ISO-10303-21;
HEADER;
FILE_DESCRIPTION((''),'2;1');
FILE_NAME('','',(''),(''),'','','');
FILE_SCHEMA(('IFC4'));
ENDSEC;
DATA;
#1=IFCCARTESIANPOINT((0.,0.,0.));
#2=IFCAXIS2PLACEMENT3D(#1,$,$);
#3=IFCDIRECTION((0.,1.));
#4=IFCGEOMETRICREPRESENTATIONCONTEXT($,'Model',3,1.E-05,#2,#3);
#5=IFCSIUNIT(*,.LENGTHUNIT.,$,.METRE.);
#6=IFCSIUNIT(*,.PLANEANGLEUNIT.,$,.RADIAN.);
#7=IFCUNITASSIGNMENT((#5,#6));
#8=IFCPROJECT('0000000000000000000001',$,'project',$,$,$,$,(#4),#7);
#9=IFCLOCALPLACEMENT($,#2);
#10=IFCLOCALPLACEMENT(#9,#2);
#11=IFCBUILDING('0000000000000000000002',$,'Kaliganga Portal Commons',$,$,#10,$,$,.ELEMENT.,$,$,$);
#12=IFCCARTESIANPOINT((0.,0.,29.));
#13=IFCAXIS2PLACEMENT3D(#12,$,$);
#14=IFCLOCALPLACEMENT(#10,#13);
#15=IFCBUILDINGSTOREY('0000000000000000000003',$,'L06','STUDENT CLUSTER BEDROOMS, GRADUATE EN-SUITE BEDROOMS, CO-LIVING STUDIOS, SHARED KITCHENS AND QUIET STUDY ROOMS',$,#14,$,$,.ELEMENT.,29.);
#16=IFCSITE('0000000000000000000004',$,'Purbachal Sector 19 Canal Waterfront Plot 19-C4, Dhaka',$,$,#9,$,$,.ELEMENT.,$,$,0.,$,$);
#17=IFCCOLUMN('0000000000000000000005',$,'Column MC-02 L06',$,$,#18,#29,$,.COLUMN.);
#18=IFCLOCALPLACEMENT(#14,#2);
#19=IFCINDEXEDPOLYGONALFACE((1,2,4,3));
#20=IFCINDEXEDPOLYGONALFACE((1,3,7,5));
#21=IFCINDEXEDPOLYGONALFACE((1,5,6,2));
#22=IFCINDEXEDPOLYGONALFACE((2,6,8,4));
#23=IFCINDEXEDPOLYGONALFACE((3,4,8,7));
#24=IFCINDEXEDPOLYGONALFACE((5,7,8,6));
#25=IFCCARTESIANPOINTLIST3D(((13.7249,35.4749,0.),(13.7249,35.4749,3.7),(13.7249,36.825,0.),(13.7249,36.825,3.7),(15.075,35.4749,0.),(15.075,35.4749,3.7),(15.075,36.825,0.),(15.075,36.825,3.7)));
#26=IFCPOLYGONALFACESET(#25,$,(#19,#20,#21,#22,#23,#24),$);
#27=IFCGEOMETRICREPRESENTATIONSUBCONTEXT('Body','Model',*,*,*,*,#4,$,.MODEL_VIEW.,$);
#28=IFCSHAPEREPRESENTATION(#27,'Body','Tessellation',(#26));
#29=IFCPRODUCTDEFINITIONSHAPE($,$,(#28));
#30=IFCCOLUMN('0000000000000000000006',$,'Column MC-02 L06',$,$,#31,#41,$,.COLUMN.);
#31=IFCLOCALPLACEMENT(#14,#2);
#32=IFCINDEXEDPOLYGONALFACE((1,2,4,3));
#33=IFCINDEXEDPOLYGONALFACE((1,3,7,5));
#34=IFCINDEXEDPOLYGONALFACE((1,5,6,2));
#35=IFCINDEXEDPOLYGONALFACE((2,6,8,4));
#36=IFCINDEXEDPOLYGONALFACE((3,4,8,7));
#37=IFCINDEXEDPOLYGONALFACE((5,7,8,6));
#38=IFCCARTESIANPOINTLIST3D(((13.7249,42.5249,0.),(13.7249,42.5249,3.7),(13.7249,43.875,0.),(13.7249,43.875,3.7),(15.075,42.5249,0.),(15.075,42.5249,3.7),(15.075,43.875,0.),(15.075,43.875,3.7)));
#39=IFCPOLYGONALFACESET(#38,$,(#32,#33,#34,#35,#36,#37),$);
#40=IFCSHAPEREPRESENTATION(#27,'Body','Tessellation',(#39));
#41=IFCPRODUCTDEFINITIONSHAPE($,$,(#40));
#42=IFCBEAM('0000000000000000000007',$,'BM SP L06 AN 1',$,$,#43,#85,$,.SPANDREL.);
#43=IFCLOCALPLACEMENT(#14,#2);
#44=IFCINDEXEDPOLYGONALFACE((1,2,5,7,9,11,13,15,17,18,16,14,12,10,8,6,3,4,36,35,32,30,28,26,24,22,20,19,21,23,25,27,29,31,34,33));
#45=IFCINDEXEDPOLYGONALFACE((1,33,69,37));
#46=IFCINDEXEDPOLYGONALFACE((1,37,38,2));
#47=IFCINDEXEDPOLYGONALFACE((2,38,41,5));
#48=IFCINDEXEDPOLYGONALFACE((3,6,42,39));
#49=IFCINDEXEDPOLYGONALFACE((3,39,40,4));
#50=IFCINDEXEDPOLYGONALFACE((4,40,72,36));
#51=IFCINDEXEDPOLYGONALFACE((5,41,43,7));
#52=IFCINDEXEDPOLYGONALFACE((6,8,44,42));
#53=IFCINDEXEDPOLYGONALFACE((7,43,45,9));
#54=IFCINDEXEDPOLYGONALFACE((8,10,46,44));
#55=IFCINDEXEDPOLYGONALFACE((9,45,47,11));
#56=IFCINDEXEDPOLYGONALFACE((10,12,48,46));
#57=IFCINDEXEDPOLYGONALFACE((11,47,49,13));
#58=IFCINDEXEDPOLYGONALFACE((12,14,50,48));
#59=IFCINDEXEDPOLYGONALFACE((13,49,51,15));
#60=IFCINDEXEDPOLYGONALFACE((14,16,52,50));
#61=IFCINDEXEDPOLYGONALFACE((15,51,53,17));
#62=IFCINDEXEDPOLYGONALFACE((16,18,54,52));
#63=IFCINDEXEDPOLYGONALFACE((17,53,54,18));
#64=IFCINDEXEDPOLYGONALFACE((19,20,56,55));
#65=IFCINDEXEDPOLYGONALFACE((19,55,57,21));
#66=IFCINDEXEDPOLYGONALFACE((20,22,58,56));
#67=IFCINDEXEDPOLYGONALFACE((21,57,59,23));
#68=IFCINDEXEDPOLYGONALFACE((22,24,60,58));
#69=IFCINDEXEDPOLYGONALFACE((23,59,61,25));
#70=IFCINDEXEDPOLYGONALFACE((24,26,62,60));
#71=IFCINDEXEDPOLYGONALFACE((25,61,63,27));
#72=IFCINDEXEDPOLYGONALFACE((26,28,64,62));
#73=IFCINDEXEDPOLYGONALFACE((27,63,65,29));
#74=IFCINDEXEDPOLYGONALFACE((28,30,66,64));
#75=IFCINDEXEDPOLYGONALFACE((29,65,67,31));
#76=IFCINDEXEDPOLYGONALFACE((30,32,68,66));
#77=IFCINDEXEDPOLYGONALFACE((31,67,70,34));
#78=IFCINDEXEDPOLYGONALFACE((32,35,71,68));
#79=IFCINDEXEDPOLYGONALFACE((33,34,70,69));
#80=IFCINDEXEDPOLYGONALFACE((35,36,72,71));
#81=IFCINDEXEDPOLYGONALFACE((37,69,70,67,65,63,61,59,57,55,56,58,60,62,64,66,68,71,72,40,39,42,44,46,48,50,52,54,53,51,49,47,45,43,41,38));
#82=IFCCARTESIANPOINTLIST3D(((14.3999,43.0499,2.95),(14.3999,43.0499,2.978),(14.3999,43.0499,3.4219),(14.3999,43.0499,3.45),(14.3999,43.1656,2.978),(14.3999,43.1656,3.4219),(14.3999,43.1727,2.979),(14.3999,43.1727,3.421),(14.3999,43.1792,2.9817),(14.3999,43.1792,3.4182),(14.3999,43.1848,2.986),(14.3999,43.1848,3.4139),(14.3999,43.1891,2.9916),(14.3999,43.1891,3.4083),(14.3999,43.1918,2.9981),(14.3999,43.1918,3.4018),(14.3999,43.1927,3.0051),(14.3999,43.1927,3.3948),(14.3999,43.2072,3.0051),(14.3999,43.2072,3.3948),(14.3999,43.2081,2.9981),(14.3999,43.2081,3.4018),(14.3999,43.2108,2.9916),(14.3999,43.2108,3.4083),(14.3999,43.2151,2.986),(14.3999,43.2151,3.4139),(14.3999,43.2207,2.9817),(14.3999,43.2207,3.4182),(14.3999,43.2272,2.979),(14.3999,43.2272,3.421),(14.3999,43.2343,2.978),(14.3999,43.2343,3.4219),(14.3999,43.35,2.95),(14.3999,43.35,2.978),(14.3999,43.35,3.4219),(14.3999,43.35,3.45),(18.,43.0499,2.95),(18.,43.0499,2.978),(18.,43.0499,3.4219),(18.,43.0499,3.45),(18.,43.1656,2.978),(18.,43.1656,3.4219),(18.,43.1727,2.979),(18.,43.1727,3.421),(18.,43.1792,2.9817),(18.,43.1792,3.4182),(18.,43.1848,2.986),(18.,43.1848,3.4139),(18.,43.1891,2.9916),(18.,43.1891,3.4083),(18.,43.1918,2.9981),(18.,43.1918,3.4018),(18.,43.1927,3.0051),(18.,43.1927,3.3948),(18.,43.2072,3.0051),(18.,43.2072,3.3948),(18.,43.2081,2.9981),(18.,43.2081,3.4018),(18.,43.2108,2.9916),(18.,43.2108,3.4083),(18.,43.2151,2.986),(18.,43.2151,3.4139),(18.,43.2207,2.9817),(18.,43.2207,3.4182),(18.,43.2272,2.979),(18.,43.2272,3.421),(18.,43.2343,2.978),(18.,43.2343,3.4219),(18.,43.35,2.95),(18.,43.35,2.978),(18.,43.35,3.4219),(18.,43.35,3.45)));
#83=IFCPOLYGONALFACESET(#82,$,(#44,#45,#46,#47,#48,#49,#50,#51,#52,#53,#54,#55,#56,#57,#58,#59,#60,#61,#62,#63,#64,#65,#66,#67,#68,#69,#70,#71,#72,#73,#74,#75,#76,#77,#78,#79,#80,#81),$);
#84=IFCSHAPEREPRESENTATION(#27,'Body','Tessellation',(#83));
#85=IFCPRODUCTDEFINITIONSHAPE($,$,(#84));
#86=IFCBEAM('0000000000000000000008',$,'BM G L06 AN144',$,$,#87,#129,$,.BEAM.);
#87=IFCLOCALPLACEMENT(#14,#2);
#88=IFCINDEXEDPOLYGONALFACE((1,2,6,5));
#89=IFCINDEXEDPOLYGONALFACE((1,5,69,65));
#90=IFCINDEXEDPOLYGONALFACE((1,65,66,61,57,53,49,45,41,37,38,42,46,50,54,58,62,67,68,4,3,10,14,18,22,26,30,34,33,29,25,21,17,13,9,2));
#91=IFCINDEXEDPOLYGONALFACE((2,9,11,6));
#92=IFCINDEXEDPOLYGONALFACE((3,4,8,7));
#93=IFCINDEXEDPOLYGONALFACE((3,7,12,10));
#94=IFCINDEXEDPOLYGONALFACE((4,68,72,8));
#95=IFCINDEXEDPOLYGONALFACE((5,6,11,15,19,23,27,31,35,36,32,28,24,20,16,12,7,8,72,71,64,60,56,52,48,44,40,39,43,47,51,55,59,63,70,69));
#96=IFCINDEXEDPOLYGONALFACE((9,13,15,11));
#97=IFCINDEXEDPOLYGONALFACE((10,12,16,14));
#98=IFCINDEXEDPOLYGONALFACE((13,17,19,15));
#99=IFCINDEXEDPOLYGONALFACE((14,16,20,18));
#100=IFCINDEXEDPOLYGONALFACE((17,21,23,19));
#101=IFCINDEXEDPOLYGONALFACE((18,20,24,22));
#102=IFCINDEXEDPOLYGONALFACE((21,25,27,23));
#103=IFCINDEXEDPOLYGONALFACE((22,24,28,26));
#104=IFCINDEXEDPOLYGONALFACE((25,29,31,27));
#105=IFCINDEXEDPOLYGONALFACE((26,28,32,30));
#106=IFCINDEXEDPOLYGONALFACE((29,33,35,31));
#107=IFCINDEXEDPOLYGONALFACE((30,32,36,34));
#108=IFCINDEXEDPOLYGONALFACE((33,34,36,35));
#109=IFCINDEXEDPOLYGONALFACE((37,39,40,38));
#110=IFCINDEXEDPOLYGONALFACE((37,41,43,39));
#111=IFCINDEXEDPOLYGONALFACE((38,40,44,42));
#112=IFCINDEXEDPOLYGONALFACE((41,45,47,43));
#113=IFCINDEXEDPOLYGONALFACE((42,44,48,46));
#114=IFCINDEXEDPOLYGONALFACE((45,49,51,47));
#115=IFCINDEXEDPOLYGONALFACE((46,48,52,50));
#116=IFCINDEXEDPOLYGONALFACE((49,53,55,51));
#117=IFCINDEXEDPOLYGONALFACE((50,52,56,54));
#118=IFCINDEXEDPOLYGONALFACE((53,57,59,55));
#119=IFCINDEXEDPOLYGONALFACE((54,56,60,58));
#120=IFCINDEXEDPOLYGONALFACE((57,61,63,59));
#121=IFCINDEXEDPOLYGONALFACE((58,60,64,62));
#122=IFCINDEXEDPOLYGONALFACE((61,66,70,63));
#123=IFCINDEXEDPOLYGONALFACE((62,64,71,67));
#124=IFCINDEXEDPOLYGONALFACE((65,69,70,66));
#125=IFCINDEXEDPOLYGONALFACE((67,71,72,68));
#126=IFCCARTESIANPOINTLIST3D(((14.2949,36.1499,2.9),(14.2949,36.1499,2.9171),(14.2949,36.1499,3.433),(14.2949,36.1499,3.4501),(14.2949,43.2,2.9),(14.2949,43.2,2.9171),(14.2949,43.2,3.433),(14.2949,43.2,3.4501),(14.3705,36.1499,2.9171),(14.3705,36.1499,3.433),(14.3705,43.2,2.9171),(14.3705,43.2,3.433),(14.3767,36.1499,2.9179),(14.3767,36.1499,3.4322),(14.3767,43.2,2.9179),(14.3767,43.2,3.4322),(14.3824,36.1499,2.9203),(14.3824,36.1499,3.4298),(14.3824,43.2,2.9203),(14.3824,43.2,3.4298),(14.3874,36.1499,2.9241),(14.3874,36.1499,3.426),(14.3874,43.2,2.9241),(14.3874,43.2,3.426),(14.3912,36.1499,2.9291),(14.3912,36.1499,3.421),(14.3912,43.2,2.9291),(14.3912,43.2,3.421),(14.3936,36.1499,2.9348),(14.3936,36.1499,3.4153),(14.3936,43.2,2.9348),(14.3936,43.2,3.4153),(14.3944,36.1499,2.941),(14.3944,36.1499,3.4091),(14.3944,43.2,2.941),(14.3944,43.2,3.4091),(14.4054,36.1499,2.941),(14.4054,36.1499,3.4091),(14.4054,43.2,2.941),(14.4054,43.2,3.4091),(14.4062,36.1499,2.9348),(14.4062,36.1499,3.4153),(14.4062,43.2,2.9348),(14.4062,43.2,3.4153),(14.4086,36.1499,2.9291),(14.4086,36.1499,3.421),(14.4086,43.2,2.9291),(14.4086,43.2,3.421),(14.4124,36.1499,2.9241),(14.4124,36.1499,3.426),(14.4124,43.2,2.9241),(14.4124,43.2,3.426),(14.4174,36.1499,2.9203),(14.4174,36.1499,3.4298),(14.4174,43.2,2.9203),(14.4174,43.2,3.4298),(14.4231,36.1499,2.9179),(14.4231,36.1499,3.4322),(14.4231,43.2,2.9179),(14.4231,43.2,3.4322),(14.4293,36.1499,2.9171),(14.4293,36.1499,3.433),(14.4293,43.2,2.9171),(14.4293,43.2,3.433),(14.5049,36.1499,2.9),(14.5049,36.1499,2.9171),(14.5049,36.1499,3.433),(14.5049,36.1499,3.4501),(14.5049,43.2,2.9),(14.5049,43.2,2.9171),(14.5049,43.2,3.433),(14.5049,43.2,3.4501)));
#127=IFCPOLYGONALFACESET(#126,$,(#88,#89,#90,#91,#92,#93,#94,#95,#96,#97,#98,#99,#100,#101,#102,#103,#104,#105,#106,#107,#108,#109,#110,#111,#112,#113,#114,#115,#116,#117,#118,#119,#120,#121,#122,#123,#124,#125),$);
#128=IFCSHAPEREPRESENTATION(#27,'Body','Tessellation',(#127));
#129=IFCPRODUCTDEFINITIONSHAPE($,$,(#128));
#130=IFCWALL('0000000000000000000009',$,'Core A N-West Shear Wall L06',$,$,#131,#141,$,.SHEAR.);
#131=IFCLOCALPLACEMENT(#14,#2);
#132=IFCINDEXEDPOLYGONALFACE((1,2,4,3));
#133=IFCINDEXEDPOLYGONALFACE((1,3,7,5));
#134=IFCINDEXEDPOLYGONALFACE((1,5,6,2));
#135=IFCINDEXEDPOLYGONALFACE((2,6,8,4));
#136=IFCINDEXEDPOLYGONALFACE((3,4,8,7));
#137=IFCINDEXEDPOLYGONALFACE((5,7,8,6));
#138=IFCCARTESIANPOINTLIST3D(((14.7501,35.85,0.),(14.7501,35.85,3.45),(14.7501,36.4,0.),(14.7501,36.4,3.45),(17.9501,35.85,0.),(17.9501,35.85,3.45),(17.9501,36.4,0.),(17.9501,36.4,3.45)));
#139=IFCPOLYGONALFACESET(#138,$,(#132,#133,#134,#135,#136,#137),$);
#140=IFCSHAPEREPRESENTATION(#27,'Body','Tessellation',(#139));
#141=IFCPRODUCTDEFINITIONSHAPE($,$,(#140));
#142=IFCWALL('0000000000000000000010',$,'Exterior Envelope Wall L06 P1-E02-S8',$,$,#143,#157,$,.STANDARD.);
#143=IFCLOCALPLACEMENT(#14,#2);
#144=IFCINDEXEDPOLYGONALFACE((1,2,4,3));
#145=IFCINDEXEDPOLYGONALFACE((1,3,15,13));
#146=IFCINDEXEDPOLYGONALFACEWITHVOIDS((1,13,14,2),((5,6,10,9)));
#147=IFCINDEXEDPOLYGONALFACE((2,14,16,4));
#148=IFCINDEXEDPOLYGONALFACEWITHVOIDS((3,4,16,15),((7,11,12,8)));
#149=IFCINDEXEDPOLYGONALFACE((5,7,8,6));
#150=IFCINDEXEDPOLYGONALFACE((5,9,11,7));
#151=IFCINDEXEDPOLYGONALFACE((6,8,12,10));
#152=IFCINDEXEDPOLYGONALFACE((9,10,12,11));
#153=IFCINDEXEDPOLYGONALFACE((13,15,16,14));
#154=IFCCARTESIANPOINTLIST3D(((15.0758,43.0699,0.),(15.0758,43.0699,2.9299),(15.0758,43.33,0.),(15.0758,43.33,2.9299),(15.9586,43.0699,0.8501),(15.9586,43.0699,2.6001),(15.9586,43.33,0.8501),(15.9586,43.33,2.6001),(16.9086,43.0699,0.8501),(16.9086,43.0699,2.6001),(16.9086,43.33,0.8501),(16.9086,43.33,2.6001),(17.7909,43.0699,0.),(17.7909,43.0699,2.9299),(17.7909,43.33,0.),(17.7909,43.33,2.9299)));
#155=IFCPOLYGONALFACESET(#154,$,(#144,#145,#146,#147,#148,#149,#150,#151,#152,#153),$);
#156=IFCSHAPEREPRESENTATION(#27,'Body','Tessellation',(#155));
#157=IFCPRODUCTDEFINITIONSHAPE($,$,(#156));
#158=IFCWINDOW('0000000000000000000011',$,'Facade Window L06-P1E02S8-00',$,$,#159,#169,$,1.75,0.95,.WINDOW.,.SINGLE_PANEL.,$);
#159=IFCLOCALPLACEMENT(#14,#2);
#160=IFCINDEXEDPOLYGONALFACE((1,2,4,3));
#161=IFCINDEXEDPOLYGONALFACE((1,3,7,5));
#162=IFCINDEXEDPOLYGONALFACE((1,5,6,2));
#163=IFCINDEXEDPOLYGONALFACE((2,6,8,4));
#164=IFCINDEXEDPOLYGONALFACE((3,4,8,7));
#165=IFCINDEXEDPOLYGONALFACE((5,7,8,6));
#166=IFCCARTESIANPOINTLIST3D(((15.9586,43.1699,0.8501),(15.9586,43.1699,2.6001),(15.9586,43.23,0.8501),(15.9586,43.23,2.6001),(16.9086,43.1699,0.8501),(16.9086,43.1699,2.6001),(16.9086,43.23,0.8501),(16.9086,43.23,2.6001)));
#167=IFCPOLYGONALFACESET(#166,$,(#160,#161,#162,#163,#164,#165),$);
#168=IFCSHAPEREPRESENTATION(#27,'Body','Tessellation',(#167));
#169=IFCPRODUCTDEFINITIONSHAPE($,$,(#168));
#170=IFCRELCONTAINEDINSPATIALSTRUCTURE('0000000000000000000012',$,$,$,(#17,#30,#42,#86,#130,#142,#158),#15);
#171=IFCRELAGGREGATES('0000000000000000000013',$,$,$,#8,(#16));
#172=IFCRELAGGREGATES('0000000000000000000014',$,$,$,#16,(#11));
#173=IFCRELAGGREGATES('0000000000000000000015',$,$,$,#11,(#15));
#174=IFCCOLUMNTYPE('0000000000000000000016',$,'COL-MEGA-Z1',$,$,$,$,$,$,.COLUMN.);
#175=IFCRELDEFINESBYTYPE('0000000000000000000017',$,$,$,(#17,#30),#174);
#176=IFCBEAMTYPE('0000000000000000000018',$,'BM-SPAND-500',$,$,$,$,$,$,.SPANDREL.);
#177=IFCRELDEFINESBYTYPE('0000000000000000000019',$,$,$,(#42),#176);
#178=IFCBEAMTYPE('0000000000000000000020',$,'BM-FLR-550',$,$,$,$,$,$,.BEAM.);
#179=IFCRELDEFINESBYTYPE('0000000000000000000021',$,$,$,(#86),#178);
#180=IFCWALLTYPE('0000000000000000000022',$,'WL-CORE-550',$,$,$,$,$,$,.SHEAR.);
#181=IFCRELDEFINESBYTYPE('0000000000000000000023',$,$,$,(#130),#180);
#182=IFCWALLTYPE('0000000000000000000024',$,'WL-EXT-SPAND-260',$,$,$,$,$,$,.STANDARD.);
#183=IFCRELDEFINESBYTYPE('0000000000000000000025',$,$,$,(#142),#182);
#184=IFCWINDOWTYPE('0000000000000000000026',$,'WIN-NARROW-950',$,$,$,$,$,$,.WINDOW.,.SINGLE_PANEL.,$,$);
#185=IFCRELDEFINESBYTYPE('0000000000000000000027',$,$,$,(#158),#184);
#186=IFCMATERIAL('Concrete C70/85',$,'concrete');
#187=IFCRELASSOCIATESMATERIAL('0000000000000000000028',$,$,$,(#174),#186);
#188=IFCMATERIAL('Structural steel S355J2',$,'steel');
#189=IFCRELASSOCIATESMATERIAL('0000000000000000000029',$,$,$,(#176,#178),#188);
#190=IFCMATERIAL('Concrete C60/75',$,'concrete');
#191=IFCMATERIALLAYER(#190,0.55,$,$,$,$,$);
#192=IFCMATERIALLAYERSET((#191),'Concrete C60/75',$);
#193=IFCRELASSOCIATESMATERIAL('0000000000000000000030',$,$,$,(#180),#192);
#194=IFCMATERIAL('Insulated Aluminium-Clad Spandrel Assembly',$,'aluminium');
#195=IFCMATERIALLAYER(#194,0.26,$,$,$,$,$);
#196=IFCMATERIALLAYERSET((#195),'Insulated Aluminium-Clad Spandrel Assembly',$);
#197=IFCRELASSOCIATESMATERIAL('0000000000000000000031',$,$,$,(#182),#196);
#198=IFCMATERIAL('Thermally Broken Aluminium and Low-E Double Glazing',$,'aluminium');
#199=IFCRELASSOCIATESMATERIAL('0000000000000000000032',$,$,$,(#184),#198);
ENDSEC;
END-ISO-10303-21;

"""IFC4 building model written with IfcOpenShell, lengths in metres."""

from ifc_helpers import new_model, si_unit, direction, frame, frame_2d, origin, origin_2d, place, context, subcontext, project, spatial, rectangle, i_section, extrude, source, transform, mapped, material, layer, layer_set, material_profile, profile_set, type_object, element, fill, save


model = new_model("IFC4")

# Units and contexts
model_context = context("Model", 3, precision=1e-05, world=origin(), true_north=direction((0.0, 1.0)))
body_context = subcontext(model_context, "Body", "Model", "MODEL_VIEW")
ifc_project = project(units=[si_unit("LENGTHUNIT", "METRE"), si_unit("PLANEANGLEUNIT", "RADIAN")], contexts=[model_context])

# Site, building, storey
site_placement = place(None, origin())
site = spatial("IfcSite", under=ifc_project, at=site_placement, Name="Purbachal Sector 19 Canal Waterfront Plot 19-C4, Dhaka", CompositionType="ELEMENT", RefElevation=0.0)
building_placement = place(site_placement, origin())
building = spatial("IfcBuilding", under=site, at=building_placement, Name="Kaliganga Portal Commons", CompositionType="ELEMENT")
storey_placement = place(building_placement, frame((0.0, 0.0, 29.0)))
storey = spatial("IfcBuildingStorey", under=building, at=storey_placement, Name="L06", Description="STUDENT CLUSTER BEDROOMS, GRADUATE EN-SUITE BEDROOMS, CO-LIVING STUDIOS, SHARED KITCHENS AND QUIET STUDY ROOMS", CompositionType="ELEMENT", Elevation=29.0)

# Columns
ifc_material_1 = material(Name="Concrete C70/85", Category="concrete")
ifc_material_profile_1 = material_profile(ifc_material_1, rectangle(XDim=1.3501, YDim=1.3501, at=origin_2d()), Name="RC 1350x1350")
ifc_profile_set_1 = profile_set([ifc_material_profile_1], Name="Concrete C70/85")
column_type = type_object("IfcColumnType", Name="COL-MEGA-Z1", PredefinedType="COLUMN", material=ifc_profile_set_1)
shared_shape_1 = source(origin(), body_context, "Body", "SweptSolid", [
    extrude(rectangle(XDim=1.3501, YDim=1.3501, at=origin_2d()), origin(), (0.0, 0.0, 1.0), 3.7),
])
for number, where, z_axis, x_axis, name in (
    (1, (14.3999, 36.1499, 0.0), (0.0, 0.0, 1.0), (1.0, 0.0, 0.0), "Column MC-02 L06"),
    (2, (14.3999, 43.2, 0.0), (0.0, 0.0, 1.0), (1.0, 0.0, 0.0), "Column MC-02 L06"),
):
    element("IfcColumn", number, at=place(storey_placement, frame(where, z_axis=z_axis, x_axis=x_axis)), inside=storey, type_object=column_type, Name=name, PredefinedType="COLUMN", context=body_context, shape_type="MappedRepresentation", body=[
        mapped(shared_shape_1, transform((0.0, 0.0, 0.0), x_axis=(1.0, 0.0, 0.0), y_axis=(0.0, 1.0, 0.0), z_axis=(0.0, 0.0, 1.0), scale=1.0)),
    ])

# Beams
ifc_material_2 = material(Name="Structural steel S355J2", Category="steel")
ifc_material_profile_2 = material_profile(ifc_material_2, i_section(OverallWidth=0.3, OverallDepth=0.5, WebThickness=0.0144, FlangeThickness=0.0281, FilletRadius=0.0271, at=origin_2d()), Name="HE 500 B")
ifc_profile_set_2 = profile_set([ifc_material_profile_2], Name="Structural steel S355J2 wide-flange")
beam_type_1 = type_object("IfcBeamType", Name="BM-SPAND-500", PredefinedType="SPANDREL", material=ifc_profile_set_2)
shared_shape_2 = source(origin(), body_context, "Body", "SweptSolid", [
    extrude(i_section(OverallWidth=0.3, OverallDepth=0.5, WebThickness=0.0144, FlangeThickness=0.0281, FilletRadius=0.0271, at=origin_2d()), origin(), (0.0, 0.0, 1.0), 3.6001),
])
beam_1_placement = place(storey_placement, frame((14.3999, 43.2, 3.2), z_axis=(1.0, 0.0, 0.0), x_axis=(0.0, 1.0, 0.0)))
element("IfcBeam", 3, at=beam_1_placement, inside=storey, type_object=beam_type_1, Name="BM SP L06 AN 1", PredefinedType="SPANDREL", context=body_context, shape_type="MappedRepresentation", body=[
    mapped(shared_shape_2, transform((0.0, 0.0, 0.0), x_axis=(1.0, 0.0, 0.0), y_axis=(0.0, 1.0, 0.0), z_axis=(0.0, 0.0, 1.0), scale=1.0)),
])
ifc_material_profile_3 = material_profile(ifc_material_2, i_section(OverallWidth=0.21, OverallDepth=0.55, WebThickness=0.011, FlangeThickness=0.0171, FilletRadius=0.0239, at=origin_2d()), Name="IPE 550")
ifc_profile_set_3 = profile_set([ifc_material_profile_3], Name="Structural steel S355J2 wide-flange")
beam_type_2 = type_object("IfcBeamType", Name="BM-FLR-550", PredefinedType="BEAM", material=ifc_profile_set_3)
shared_shape_3 = source(origin(), body_context, "Body", "SweptSolid", [
    extrude(i_section(OverallWidth=0.21, OverallDepth=0.55, WebThickness=0.011, FlangeThickness=0.0171, FilletRadius=0.0239, at=origin_2d()), origin(), (0.0, 0.0, 1.0), 7.05),
])
beam_2_placement = place(storey_placement, frame((14.3999, 36.1499, 3.175), z_axis=(0.0, 1.0, 0.0), x_axis=(-1.0, 0.0, 0.0)))
element("IfcBeam", 4, at=beam_2_placement, inside=storey, type_object=beam_type_2, Name="BM G L06 AN144", PredefinedType="BEAM", context=body_context, shape_type="MappedRepresentation", body=[
    mapped(shared_shape_3, transform((0.0, 0.0, 0.0), x_axis=(1.0, 0.0, 0.0), y_axis=(0.0, 1.0, 0.0), z_axis=(0.0, 0.0, 1.0), scale=1.0)),
])

# Wall
ifc_material_3 = material(Name="Concrete C60/75", Category="concrete")
ifc_layer_1 = layer(ifc_material_3, 0.55)
ifc_layer_set_1 = layer_set([ifc_layer_1], Name="Concrete C60/75")
wall_type_1 = type_object("IfcWallType", Name="WL-CORE-550", PredefinedType="SHEAR", material=ifc_layer_set_1)
wall_1_placement = place(storey_placement, frame((14.75, 36.125, 0.0), z_axis=(0.0, 0.0, 1.0), x_axis=(1.0, 0.0, 0.0)))
element("IfcWall", 5, at=wall_1_placement, inside=storey, type_object=wall_type_1, Name="Core A N-West Shear Wall L06", PredefinedType="SHEAR", context=body_context, shape_type="SweptSolid", body=[
    extrude(rectangle(XDim=3.2, YDim=0.55, at=frame_2d((1.6001, 0.0))), origin(), (0.0, 0.0, 1.0), 3.45),
])

# Wall, opening, window
ifc_material_4 = material(Name="Insulated Aluminium-Clad Spandrel Assembly", Category="aluminium")
ifc_layer_2 = layer(ifc_material_4, 0.26)
ifc_layer_set_2 = layer_set([ifc_layer_2], Name="Insulated Aluminium-Clad Spandrel Assembly")
wall_type_2 = type_object("IfcWallType", Name="WL-EXT-SPAND-260", PredefinedType="STANDARD", material=ifc_layer_set_2)
wall_2_placement = place(storey_placement, frame((15.0759, 43.2, 0.0), z_axis=(0.0, 0.0, 1.0), x_axis=(1.0, 0.0, 0.0)))
wall_2 = element("IfcWall", 6, at=wall_2_placement, inside=storey, type_object=wall_type_2, Name="Exterior Envelope Wall L06 P1-E02-S8", PredefinedType="STANDARD", context=body_context, shape_type="SweptSolid", body=[
    extrude(rectangle(XDim=2.7151, YDim=0.26, at=frame_2d((1.3574, 0.0))), origin(), (0.0, 0.0, 1.0), 2.9299),
])
opening_1_placement = place(wall_2_placement, frame((0.8826, 0.0, 0.8501)))
opening_1 = element("IfcOpeningElement", 7, at=opening_1_placement, cuts=wall_2, PredefinedType="OPENING", context=body_context, shape_type="SweptSolid", body=[
    extrude(rectangle(XDim=0.95, YDim=1.75, at=frame_2d((0.4751, 0.875))), frame((0.0, 0.1401, 0.0), z_axis=(0.0, -1.0, 0.0), x_axis=(1.0, 0.0, 0.0)), (0.0, 0.0, 1.0), 0.28),
])
ifc_material_5 = material(Name="Thermally Broken Aluminium and Low-E Double Glazing", Category="aluminium")
window_type = type_object("IfcWindowType", Name="WIN-NARROW-950", PartitioningType="SINGLE_PANEL", PredefinedType="WINDOW", material=ifc_material_5)
window_placement = place(opening_1_placement, origin())
window = element("IfcWindow", 8, at=window_placement, inside=storey, type_object=window_type, Name="Facade Window L06-P1E02S8-00", OverallHeight=1.75, OverallWidth=0.95, PartitioningType="SINGLE_PANEL", PredefinedType="WINDOW", context=body_context, shape_type="SweptSolid", body=[
    extrude(rectangle(XDim=0.95, YDim=1.75, at=frame_2d((0.4751, 0.875))), frame((0.0, 0.03, 0.0), z_axis=(0.0, -1.0, 0.0), x_axis=(1.0, 0.0, 0.0)), (0.0, 0.0, 1.0), 0.0601),
])
fill(opening_1, window)

save(model, "model.ifc")
